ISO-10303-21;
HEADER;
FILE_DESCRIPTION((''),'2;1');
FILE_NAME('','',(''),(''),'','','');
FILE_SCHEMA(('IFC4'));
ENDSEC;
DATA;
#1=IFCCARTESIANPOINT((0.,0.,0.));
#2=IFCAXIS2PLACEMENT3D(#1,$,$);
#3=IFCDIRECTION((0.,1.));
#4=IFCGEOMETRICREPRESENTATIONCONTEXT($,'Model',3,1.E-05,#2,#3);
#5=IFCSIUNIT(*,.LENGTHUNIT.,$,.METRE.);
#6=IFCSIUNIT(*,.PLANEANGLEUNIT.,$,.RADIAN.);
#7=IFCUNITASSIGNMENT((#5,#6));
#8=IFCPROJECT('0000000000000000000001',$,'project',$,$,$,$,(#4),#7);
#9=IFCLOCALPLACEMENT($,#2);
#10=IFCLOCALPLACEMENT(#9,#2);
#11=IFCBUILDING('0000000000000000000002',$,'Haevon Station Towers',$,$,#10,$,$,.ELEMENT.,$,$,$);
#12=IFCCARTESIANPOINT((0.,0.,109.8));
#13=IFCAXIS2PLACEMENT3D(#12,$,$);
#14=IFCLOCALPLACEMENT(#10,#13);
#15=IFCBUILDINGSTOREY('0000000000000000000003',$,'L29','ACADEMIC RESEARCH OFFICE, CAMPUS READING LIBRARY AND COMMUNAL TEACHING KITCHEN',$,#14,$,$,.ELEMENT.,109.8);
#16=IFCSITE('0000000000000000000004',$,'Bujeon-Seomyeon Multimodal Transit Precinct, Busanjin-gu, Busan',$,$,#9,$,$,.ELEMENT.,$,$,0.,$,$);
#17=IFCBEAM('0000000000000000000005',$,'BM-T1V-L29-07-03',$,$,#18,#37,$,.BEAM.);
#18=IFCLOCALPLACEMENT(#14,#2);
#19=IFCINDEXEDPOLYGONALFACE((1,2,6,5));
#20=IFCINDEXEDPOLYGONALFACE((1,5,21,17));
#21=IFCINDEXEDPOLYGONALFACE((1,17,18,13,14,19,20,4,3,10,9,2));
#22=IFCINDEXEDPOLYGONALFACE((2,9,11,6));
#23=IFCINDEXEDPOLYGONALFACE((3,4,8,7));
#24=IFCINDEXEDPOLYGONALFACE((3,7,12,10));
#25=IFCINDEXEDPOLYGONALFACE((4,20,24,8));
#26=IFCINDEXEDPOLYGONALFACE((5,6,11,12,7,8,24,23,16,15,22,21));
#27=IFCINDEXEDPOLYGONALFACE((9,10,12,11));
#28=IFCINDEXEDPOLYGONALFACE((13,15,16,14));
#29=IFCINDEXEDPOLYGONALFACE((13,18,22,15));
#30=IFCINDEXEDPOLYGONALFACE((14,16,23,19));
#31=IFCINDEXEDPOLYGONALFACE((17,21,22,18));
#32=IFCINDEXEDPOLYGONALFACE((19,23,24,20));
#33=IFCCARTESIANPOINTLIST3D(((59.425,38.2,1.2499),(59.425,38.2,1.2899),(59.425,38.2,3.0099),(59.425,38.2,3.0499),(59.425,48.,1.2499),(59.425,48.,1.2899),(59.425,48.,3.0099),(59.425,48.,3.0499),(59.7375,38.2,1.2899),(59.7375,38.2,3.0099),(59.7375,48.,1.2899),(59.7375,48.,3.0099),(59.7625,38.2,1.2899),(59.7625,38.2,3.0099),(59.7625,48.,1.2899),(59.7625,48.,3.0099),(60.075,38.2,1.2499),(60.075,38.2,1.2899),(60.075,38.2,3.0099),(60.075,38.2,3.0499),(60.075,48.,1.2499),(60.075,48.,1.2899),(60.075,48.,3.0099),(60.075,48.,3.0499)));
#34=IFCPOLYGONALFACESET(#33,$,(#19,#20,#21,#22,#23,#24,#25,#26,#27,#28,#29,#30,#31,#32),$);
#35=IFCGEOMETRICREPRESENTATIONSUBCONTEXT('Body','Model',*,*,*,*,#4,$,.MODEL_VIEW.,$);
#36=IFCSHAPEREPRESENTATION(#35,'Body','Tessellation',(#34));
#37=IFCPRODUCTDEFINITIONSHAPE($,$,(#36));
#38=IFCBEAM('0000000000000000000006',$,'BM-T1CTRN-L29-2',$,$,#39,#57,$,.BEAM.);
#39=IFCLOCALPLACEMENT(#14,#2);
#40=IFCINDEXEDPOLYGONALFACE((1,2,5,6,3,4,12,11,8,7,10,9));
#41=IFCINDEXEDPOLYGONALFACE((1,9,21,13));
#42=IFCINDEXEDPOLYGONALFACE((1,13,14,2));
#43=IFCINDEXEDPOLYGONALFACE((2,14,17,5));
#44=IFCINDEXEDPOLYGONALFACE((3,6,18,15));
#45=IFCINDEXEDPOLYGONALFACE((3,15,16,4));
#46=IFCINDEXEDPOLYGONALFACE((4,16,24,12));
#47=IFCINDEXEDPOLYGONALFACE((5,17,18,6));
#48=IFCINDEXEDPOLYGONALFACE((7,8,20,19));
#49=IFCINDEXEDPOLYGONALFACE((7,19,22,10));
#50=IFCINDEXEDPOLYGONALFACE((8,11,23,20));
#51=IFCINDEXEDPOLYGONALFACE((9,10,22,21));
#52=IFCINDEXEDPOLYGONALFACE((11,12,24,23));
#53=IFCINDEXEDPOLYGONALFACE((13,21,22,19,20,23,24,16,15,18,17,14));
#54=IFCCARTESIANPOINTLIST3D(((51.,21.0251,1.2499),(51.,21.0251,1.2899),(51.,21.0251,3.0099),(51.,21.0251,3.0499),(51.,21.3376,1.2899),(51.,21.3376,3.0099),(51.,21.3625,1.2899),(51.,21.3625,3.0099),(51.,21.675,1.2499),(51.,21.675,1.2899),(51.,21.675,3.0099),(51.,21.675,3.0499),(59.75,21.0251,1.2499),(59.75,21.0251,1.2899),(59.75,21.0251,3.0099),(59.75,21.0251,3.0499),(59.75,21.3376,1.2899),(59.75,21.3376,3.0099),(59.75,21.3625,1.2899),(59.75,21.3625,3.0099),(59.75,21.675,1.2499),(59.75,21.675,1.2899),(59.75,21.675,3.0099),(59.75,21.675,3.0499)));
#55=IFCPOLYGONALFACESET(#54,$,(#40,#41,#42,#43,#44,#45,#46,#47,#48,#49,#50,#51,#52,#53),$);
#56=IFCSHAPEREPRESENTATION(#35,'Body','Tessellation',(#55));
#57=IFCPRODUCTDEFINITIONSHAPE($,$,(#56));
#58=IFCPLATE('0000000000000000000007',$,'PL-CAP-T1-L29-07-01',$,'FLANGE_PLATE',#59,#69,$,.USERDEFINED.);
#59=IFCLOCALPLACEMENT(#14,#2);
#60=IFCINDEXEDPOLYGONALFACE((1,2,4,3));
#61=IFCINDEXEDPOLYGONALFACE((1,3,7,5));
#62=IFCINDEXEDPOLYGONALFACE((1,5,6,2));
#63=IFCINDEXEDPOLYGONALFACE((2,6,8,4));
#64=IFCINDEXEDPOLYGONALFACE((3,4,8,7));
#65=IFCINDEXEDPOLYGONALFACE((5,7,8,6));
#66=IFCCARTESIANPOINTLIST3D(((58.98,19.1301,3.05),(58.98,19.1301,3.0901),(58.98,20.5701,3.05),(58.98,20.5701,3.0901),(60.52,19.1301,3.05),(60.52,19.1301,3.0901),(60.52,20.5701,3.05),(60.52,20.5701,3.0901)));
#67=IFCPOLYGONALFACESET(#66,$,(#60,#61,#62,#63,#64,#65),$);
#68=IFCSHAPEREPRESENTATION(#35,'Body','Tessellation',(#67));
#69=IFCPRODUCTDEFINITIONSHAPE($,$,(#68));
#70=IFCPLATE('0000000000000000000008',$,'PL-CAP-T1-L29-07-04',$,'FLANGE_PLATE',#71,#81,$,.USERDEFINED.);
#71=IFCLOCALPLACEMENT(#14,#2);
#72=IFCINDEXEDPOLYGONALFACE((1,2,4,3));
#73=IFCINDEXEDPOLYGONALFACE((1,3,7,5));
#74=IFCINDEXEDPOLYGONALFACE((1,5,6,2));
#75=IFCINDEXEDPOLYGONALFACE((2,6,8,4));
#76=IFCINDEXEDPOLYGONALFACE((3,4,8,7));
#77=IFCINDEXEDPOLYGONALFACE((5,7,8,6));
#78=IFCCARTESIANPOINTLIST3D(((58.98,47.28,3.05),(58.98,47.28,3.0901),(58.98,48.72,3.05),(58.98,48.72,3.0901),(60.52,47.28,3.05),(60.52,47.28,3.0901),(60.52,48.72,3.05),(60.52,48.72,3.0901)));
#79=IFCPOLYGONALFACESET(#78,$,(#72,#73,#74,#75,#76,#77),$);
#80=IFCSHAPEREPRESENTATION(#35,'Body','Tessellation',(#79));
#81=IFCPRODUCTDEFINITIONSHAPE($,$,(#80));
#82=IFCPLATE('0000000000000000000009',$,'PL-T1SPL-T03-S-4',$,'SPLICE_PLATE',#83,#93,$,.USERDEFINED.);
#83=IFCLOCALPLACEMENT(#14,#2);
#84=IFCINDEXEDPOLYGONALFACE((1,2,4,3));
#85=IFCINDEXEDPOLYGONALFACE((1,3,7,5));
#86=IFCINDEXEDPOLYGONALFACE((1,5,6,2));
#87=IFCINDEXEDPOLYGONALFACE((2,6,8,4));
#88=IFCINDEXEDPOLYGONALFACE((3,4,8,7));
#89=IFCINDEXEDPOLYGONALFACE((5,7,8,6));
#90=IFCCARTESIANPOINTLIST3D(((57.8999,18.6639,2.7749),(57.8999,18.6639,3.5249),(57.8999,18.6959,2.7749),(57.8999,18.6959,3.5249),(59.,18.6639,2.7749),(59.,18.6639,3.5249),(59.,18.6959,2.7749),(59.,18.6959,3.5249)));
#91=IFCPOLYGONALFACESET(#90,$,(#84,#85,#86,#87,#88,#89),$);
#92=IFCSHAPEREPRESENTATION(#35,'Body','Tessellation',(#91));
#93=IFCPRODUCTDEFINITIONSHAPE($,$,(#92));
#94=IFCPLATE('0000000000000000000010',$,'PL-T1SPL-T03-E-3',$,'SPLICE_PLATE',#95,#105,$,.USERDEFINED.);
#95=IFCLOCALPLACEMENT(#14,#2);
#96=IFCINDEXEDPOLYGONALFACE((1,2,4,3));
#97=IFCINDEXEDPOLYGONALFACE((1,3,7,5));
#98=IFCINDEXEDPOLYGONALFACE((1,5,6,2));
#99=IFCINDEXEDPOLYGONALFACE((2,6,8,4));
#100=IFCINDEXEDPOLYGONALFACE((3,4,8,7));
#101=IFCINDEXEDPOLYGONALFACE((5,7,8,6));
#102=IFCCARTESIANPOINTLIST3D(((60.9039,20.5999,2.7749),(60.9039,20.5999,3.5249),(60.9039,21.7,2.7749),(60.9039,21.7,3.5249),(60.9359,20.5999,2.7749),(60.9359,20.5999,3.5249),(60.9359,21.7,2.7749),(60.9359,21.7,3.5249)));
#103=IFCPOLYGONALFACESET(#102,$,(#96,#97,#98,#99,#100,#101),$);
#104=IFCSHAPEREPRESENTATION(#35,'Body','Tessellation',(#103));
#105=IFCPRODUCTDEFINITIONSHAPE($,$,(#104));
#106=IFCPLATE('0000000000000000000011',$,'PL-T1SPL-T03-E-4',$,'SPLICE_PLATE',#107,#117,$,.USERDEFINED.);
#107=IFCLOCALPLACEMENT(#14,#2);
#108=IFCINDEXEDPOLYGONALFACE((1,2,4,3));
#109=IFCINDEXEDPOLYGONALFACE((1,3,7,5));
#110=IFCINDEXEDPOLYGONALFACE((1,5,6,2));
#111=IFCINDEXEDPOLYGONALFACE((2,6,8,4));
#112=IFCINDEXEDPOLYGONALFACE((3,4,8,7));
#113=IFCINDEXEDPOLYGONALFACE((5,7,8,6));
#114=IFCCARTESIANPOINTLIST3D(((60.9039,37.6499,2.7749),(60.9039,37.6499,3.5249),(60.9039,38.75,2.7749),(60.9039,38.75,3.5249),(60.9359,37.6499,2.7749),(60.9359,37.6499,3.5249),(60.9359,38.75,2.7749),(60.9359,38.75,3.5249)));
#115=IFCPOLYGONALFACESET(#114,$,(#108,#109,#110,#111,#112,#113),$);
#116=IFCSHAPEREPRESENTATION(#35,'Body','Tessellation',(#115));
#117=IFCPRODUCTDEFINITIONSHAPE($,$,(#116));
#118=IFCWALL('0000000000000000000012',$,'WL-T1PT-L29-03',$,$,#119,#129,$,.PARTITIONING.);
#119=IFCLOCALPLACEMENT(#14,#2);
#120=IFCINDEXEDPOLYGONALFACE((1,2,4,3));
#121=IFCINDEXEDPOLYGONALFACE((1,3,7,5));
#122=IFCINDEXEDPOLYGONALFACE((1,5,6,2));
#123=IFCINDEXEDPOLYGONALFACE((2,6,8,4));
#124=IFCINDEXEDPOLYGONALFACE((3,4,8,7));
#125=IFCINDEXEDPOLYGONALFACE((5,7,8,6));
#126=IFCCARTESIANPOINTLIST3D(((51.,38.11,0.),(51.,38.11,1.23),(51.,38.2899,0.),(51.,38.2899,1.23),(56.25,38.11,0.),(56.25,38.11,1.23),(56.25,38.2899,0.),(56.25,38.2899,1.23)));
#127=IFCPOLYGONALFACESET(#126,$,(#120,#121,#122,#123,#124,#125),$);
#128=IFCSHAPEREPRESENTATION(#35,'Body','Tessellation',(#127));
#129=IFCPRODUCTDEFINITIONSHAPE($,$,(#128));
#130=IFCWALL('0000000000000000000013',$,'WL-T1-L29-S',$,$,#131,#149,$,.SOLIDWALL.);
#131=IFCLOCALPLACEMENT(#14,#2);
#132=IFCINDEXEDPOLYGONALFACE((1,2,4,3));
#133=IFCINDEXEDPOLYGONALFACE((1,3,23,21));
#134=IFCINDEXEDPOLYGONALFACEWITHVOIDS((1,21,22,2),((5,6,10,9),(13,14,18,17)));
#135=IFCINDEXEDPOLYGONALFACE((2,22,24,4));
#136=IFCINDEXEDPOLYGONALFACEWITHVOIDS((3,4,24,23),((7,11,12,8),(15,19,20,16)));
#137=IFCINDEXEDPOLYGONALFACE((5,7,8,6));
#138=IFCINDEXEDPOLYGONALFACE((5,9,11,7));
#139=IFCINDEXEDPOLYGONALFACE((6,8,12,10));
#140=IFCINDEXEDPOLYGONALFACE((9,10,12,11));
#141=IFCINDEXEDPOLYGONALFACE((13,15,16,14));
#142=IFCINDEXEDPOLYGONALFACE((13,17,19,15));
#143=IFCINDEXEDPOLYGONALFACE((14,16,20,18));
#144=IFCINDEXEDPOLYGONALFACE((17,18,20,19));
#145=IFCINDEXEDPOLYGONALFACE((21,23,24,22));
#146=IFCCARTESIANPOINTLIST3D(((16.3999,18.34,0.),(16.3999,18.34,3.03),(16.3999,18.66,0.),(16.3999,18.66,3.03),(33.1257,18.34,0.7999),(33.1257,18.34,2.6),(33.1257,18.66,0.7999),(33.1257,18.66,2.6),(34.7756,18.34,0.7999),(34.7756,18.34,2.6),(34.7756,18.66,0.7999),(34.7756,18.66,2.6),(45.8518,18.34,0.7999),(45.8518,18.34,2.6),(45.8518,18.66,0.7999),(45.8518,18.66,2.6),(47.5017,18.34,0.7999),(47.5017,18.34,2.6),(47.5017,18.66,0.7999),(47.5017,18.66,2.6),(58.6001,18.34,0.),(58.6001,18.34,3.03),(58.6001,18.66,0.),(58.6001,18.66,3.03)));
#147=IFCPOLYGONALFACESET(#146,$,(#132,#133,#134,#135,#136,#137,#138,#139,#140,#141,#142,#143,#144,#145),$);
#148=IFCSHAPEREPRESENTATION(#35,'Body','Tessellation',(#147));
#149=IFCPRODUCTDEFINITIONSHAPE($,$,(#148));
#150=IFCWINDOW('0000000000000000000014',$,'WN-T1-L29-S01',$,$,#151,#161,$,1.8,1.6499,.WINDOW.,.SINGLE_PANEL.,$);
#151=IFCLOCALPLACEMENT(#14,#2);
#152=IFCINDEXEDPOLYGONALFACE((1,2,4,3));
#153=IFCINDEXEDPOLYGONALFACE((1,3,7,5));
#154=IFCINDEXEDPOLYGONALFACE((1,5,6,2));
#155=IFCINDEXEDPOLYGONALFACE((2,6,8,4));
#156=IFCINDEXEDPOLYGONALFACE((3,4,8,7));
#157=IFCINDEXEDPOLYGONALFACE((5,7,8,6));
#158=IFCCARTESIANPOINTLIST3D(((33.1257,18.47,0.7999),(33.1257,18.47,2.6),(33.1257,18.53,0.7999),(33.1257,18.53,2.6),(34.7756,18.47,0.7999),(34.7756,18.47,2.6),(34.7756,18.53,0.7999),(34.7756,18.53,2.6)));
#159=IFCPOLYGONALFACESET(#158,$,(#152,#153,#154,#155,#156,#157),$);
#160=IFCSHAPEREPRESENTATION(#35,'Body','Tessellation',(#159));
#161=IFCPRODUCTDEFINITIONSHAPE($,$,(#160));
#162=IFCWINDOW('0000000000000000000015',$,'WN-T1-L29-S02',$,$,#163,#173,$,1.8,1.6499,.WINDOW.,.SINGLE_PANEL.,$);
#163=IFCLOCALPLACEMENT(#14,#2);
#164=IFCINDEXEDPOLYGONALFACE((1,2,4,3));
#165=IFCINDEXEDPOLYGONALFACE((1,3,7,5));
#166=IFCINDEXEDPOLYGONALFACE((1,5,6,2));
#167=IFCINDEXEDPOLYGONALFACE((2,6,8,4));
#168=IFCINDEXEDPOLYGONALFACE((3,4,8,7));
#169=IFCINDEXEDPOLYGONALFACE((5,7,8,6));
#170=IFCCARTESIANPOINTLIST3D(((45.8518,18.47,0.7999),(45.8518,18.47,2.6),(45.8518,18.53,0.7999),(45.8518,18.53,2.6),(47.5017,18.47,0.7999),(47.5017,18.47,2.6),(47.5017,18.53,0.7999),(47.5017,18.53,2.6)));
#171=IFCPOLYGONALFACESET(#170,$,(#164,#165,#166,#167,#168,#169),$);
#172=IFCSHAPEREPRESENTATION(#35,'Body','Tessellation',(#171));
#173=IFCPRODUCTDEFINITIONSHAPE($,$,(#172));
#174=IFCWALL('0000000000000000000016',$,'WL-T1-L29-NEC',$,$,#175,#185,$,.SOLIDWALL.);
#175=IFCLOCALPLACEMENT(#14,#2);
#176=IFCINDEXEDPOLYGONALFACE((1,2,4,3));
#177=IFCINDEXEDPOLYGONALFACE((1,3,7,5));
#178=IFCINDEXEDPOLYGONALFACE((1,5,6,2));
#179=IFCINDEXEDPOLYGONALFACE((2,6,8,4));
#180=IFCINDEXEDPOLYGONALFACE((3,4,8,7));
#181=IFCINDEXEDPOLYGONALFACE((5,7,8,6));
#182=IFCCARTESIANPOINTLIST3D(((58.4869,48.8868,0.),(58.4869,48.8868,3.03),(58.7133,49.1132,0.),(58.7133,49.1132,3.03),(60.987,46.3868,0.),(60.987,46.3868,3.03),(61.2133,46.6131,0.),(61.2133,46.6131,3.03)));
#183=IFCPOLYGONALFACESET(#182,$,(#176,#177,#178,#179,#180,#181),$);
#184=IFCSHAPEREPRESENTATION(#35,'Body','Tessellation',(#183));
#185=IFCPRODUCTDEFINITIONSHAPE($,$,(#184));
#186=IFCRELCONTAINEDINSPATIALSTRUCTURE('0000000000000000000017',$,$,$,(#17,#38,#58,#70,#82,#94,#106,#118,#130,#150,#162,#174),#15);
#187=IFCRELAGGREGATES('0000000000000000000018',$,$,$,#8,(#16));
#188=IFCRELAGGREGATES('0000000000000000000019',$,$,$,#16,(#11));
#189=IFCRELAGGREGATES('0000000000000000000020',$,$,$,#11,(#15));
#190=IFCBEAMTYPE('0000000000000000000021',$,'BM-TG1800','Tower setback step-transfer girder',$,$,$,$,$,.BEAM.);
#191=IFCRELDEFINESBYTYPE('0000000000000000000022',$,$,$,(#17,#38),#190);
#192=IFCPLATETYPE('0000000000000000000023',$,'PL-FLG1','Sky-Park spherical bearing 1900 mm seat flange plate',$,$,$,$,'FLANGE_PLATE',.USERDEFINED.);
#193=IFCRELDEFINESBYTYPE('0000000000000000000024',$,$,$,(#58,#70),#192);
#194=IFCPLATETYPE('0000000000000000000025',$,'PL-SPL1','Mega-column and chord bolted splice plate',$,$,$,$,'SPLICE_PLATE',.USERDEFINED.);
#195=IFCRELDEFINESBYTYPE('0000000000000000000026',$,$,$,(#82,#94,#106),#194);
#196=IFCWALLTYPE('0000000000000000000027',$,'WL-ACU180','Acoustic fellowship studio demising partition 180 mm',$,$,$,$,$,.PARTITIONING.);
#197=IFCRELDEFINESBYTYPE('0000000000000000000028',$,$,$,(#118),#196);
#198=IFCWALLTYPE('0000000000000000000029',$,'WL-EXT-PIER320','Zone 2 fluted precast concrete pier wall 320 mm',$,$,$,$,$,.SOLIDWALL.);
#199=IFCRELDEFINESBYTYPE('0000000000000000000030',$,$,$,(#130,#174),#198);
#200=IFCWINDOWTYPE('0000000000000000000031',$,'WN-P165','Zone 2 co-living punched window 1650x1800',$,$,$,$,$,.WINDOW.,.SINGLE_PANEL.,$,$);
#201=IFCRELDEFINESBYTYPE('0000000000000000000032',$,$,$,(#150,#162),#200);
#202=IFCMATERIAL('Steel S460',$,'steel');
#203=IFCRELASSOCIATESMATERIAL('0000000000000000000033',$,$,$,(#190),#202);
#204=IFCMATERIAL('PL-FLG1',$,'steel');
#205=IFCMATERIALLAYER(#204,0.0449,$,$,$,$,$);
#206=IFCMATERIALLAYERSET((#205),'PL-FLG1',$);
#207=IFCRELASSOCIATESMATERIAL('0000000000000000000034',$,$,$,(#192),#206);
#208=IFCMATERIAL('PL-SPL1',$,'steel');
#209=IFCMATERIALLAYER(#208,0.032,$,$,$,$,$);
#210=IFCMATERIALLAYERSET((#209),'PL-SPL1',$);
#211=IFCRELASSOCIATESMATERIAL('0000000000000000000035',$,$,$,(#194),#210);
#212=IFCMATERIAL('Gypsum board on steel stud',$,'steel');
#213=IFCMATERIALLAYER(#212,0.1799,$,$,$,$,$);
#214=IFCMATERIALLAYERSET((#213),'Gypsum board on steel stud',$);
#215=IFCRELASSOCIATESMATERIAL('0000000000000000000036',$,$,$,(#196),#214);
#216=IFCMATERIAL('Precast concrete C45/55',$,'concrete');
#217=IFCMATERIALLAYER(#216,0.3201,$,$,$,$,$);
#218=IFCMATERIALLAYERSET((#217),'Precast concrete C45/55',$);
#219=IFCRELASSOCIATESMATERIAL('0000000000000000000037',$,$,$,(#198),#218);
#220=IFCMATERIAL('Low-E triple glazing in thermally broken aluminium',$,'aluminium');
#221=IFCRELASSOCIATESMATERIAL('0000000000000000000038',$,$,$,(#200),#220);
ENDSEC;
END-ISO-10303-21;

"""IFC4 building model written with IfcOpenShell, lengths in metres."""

from ifc_helpers import new_model, si_unit, direction, frame, frame_2d, origin, origin_2d, place, context, subcontext, project, spatial, rectangle, i_section, extrude, material, layer, layer_set, material_profile, profile_set, type_object, element, fill, save


model = new_model("IFC4")

# Units and contexts
model_context = context("Model", 3, precision=1e-05, world=origin(), true_north=direction((0.0, 1.0)))
body_context = subcontext(model_context, "Body", "Model", "MODEL_VIEW")
ifc_project = project(units=[si_unit("LENGTHUNIT", "METRE"), si_unit("PLANEANGLEUNIT", "RADIAN")], contexts=[model_context])

# Site, building, storey
site_placement = place(None, origin())
site = spatial("IfcSite", under=ifc_project, at=site_placement, Name="Bujeon-Seomyeon Multimodal Transit Precinct, Busanjin-gu, Busan", CompositionType="ELEMENT", RefElevation=0.0)
building_placement = place(site_placement, origin())
building = spatial("IfcBuilding", under=site, at=building_placement, Name="Haevon Station Towers", CompositionType="ELEMENT")
storey_placement = place(building_placement, frame((0.0, 0.0, 109.8)))
storey = spatial("IfcBuildingStorey", under=building, at=storey_placement, Name="L29", Description="ACADEMIC RESEARCH OFFICE, CAMPUS READING LIBRARY AND COMMUNAL TEACHING KITCHEN", CompositionType="ELEMENT", Elevation=109.8)

# Shared definitions
ifc_material_1 = material(Name="Steel S460", Category="steel")

# Beams
ifc_material_profile_1 = material_profile(ifc_material_1, i_section(OverallWidth=0.6499, OverallDepth=1.8, WebThickness=0.0249, FlangeThickness=0.04, at=origin_2d()), Name="H-1800x650x25x40")
ifc_profile_set_1 = profile_set([ifc_material_profile_1], Name="Steel S460")
beam_type_1 = type_object("IfcBeamType", Name="BM-TG1800", Description="Tower setback step-transfer girder", PredefinedType="BEAM", material=ifc_profile_set_1)
beam_1_placement = place(storey_placement, frame((59.75, 38.2, 2.1499), z_axis=(0.0, 1.0, 0.0), x_axis=(-1.0, 0.0, 0.0)))
element("IfcBeam", 1, at=beam_1_placement, inside=storey, type_object=beam_type_1, Name="BM-T1V-L29-07-03", PredefinedType="BEAM", context=body_context, shape_type="SweptSolid", body=[
    extrude(i_section(OverallWidth=0.6499, OverallDepth=1.8, WebThickness=0.0249, FlangeThickness=0.04, at=origin_2d()), origin(), (0.0, 0.0, 1.0), 9.8),
])
beam_2_placement = place(storey_placement, frame((51.0, 21.3501, 2.1499), z_axis=(1.0, 0.0, 0.0), x_axis=(0.0, 1.0, 0.0)))
element("IfcBeam", 2, at=beam_2_placement, inside=storey, type_object=beam_type_1, Name="BM-T1CTRN-L29-2", PredefinedType="BEAM", context=body_context, shape_type="SweptSolid", body=[
    extrude(i_section(OverallWidth=0.6499, OverallDepth=1.8, WebThickness=0.0249, FlangeThickness=0.04, at=origin_2d()), origin(), (0.0, 0.0, 1.0), 8.75),
])

# Plates
ifc_material_2 = material(Name="PL-FLG1", Category="steel")
ifc_layer_1 = layer(ifc_material_2, 0.0449)
ifc_layer_set_1 = layer_set([ifc_layer_1], Name="PL-FLG1")
plate_type_1 = type_object("IfcPlateType", Name="PL-FLG1", Description="Sky-Park spherical bearing 1900 mm seat flange plate", ElementType="FLANGE_PLATE", PredefinedType="USERDEFINED", material=ifc_layer_set_1)
for number, where, z_axis, x_axis, name in (
    (3, (59.75, 19.8501, 3.05), (0.0, 0.0, 1.0), (1.0, 0.0, 0.0), "PL-CAP-T1-L29-07-01"),
    (4, (59.75, 48.0, 3.05), (0.0, 0.0, 1.0), (1.0, 0.0, 0.0), "PL-CAP-T1-L29-07-04"),
):
    element("IfcPlate", number, at=place(storey_placement, frame(where, z_axis=z_axis, x_axis=x_axis)), inside=storey, type_object=plate_type_1, Name=name, ObjectType="FLANGE_PLATE", PredefinedType="USERDEFINED", context=body_context, shape_type="SweptSolid", body=[
        extrude(rectangle(XDim=1.54, YDim=1.4399, at=origin_2d()), origin(), (0.0, 0.0, 1.0), 0.04),
    ])
ifc_material_3 = material(Name="PL-SPL1", Category="steel")
ifc_layer_2 = layer(ifc_material_3, 0.032)
ifc_layer_set_2 = layer_set([ifc_layer_2], Name="PL-SPL1")
plate_type_2 = type_object("IfcPlateType", Name="PL-SPL1", Description="Mega-column and chord bolted splice plate", ElementType="SPLICE_PLATE", PredefinedType="USERDEFINED", material=ifc_layer_set_2)
for number, where, z_axis, x_axis, name in (
    (5, (58.45, 18.6799, 2.7749), (0.0, 0.0, 1.0), (1.0, 0.0, 0.0), "PL-T1SPL-T03-S-4"),
    (6, (60.9199, 21.1499, 2.7749), (0.0, 0.0, 1.0), (0.0, 1.0, 0.0), "PL-T1SPL-T03-E-3"),
    (7, (60.9199, 38.2, 2.7749), (0.0, 0.0, 1.0), (0.0, 1.0, 0.0), "PL-T1SPL-T03-E-4"),
):
    element("IfcPlate", number, at=place(storey_placement, frame(where, z_axis=z_axis, x_axis=x_axis)), inside=storey, type_object=plate_type_2, Name=name, ObjectType="SPLICE_PLATE", PredefinedType="USERDEFINED", context=body_context, shape_type="SweptSolid", body=[
        extrude(rectangle(XDim=1.1001, YDim=0.032, at=origin_2d()), origin(), (0.0, 0.0, 1.0), 0.75),
    ])

# Wall
ifc_material_4 = material(Name="Gypsum board on steel stud", Category="steel")
ifc_layer_3 = layer(ifc_material_4, 0.1799)
ifc_layer_set_3 = layer_set([ifc_layer_3], Name="Gypsum board on steel stud")
wall_type_1 = type_object("IfcWallType", Name="WL-ACU180", Description="Acoustic fellowship studio demising partition 180 mm", PredefinedType="PARTITIONING", material=ifc_layer_set_3)
wall_1_placement = place(storey_placement, frame((51.0, 38.2, 0.0), z_axis=(0.0, 0.0, 1.0), x_axis=(1.0, 0.0, 0.0)))
element("IfcWall", 8, at=wall_1_placement, inside=storey, type_object=wall_type_1, Name="WL-T1PT-L29-03", PredefinedType="PARTITIONING", context=body_context, shape_type="SweptSolid", body=[
    extrude(rectangle(XDim=5.25, YDim=0.1799, at=frame_2d((2.625, 0.0))), origin(), (0.0, 0.0, 1.0), 1.23),
])

# Wall, openings, windows
ifc_material_5 = material(Name="Precast concrete C45/55", Category="concrete")
ifc_layer_4 = layer(ifc_material_5, 0.3201)
ifc_layer_set_4 = layer_set([ifc_layer_4], Name="Precast concrete C45/55")
wall_type_2 = type_object("IfcWallType", Name="WL-EXT-PIER320", Description="Zone 2 fluted precast concrete pier wall 320 mm", PredefinedType="SOLIDWALL", material=ifc_layer_set_4)
wall_2_placement = place(storey_placement, frame((58.6001, 18.5, 0.0), z_axis=(0.0, 0.0, 1.0), x_axis=(-1.0, 0.0, 0.0)))
wall_2 = element("IfcWall", 9, at=wall_2_placement, inside=storey, type_object=wall_type_2, Name="WL-T1-L29-S", PredefinedType="SOLIDWALL", context=body_context, shape_type="SweptSolid", body=[
    extrude(rectangle(XDim=42.2002, YDim=0.3201, at=frame_2d((21.1001, 0.0))), origin(), (0.0, 0.0, 1.0), 3.03),
])
opening_1_placement = place(wall_2_placement, frame((23.8245, 0.0, 0.8)))
opening_1 = element("IfcOpeningElement", 10, at=opening_1_placement, cuts=wall_2, PredefinedType="OPENING", context=body_context, shape_type="SweptSolid", body=[
    extrude(rectangle(XDim=1.6499, YDim=1.8, at=frame_2d((0.825, 0.8999))), frame((0.0, 0.1699, 0.0), z_axis=(0.0, -1.0, 0.0), x_axis=(1.0, 0.0, 0.0)), (0.0, 0.0, 1.0), 0.3401),
])
opening_2_placement = place(wall_2_placement, frame((11.0984, 0.0, 0.8)))
opening_2 = element("IfcOpeningElement", 11, at=opening_2_placement, cuts=wall_2, PredefinedType="OPENING", context=body_context, shape_type="SweptSolid", body=[
    extrude(rectangle(XDim=1.6499, YDim=1.8, at=frame_2d((0.825, 0.8999))), frame((0.0, 0.1699, 0.0), z_axis=(0.0, -1.0, 0.0), x_axis=(1.0, 0.0, 0.0)), (0.0, 0.0, 1.0), 0.3401),
])
ifc_material_6 = material(Name="Low-E triple glazing in thermally broken aluminium", Category="aluminium")
window_type_1 = type_object("IfcWindowType", Name="WN-P165", Description="Zone 2 co-living punched window 1650x1800", PartitioningType="SINGLE_PANEL", PredefinedType="WINDOW", material=ifc_material_6)
window_1_placement = place(opening_1_placement, origin())
window_1 = element("IfcWindow", 12, at=window_1_placement, inside=storey, type_object=window_type_1, Name="WN-T1-L29-S01", OverallHeight=1.8, OverallWidth=1.6499, PartitioningType="SINGLE_PANEL", PredefinedType="WINDOW", context=body_context, shape_type="SweptSolid", body=[
    extrude(rectangle(XDim=1.6499, YDim=1.8, at=frame_2d((0.825, 0.8999))), frame((0.0, 0.03, 0.0), z_axis=(0.0, -1.0, 0.0), x_axis=(1.0, 0.0, 0.0)), (0.0, 0.0, 1.0), 0.0601),
])
fill(opening_1, window_1)
window_2_placement = place(opening_2_placement, origin())
window_2 = element("IfcWindow", 13, at=window_2_placement, inside=storey, type_object=window_type_1, Name="WN-T1-L29-S02", OverallHeight=1.8, OverallWidth=1.6499, PartitioningType="SINGLE_PANEL", PredefinedType="WINDOW", context=body_context, shape_type="SweptSolid", body=[
    extrude(rectangle(XDim=1.6499, YDim=1.8, at=frame_2d((0.825, 0.8999))), frame((0.0, 0.03, 0.0), z_axis=(0.0, -1.0, 0.0), x_axis=(1.0, 0.0, 0.0)), (0.0, 0.0, 1.0), 0.0601),
])
fill(opening_2, window_2)

# Wall
wall_3_placement = place(storey_placement, frame((58.6001, 49.0, 0.0), z_axis=(0.0, 0.0, 1.0), x_axis=(0.707107, -0.707107, 0.0)))
element("IfcWall", 14, at=wall_3_placement, inside=storey, type_object=wall_type_2, Name="WL-T1-L29-NEC", PredefinedType="SOLIDWALL", context=body_context, shape_type="SweptSolid", body=[
    extrude(rectangle(XDim=3.5356, YDim=0.3201, at=frame_2d((1.7678, 0.0))), origin(), (0.0, 0.0, 1.0), 3.03),
])

save(model, "model.ifc")
